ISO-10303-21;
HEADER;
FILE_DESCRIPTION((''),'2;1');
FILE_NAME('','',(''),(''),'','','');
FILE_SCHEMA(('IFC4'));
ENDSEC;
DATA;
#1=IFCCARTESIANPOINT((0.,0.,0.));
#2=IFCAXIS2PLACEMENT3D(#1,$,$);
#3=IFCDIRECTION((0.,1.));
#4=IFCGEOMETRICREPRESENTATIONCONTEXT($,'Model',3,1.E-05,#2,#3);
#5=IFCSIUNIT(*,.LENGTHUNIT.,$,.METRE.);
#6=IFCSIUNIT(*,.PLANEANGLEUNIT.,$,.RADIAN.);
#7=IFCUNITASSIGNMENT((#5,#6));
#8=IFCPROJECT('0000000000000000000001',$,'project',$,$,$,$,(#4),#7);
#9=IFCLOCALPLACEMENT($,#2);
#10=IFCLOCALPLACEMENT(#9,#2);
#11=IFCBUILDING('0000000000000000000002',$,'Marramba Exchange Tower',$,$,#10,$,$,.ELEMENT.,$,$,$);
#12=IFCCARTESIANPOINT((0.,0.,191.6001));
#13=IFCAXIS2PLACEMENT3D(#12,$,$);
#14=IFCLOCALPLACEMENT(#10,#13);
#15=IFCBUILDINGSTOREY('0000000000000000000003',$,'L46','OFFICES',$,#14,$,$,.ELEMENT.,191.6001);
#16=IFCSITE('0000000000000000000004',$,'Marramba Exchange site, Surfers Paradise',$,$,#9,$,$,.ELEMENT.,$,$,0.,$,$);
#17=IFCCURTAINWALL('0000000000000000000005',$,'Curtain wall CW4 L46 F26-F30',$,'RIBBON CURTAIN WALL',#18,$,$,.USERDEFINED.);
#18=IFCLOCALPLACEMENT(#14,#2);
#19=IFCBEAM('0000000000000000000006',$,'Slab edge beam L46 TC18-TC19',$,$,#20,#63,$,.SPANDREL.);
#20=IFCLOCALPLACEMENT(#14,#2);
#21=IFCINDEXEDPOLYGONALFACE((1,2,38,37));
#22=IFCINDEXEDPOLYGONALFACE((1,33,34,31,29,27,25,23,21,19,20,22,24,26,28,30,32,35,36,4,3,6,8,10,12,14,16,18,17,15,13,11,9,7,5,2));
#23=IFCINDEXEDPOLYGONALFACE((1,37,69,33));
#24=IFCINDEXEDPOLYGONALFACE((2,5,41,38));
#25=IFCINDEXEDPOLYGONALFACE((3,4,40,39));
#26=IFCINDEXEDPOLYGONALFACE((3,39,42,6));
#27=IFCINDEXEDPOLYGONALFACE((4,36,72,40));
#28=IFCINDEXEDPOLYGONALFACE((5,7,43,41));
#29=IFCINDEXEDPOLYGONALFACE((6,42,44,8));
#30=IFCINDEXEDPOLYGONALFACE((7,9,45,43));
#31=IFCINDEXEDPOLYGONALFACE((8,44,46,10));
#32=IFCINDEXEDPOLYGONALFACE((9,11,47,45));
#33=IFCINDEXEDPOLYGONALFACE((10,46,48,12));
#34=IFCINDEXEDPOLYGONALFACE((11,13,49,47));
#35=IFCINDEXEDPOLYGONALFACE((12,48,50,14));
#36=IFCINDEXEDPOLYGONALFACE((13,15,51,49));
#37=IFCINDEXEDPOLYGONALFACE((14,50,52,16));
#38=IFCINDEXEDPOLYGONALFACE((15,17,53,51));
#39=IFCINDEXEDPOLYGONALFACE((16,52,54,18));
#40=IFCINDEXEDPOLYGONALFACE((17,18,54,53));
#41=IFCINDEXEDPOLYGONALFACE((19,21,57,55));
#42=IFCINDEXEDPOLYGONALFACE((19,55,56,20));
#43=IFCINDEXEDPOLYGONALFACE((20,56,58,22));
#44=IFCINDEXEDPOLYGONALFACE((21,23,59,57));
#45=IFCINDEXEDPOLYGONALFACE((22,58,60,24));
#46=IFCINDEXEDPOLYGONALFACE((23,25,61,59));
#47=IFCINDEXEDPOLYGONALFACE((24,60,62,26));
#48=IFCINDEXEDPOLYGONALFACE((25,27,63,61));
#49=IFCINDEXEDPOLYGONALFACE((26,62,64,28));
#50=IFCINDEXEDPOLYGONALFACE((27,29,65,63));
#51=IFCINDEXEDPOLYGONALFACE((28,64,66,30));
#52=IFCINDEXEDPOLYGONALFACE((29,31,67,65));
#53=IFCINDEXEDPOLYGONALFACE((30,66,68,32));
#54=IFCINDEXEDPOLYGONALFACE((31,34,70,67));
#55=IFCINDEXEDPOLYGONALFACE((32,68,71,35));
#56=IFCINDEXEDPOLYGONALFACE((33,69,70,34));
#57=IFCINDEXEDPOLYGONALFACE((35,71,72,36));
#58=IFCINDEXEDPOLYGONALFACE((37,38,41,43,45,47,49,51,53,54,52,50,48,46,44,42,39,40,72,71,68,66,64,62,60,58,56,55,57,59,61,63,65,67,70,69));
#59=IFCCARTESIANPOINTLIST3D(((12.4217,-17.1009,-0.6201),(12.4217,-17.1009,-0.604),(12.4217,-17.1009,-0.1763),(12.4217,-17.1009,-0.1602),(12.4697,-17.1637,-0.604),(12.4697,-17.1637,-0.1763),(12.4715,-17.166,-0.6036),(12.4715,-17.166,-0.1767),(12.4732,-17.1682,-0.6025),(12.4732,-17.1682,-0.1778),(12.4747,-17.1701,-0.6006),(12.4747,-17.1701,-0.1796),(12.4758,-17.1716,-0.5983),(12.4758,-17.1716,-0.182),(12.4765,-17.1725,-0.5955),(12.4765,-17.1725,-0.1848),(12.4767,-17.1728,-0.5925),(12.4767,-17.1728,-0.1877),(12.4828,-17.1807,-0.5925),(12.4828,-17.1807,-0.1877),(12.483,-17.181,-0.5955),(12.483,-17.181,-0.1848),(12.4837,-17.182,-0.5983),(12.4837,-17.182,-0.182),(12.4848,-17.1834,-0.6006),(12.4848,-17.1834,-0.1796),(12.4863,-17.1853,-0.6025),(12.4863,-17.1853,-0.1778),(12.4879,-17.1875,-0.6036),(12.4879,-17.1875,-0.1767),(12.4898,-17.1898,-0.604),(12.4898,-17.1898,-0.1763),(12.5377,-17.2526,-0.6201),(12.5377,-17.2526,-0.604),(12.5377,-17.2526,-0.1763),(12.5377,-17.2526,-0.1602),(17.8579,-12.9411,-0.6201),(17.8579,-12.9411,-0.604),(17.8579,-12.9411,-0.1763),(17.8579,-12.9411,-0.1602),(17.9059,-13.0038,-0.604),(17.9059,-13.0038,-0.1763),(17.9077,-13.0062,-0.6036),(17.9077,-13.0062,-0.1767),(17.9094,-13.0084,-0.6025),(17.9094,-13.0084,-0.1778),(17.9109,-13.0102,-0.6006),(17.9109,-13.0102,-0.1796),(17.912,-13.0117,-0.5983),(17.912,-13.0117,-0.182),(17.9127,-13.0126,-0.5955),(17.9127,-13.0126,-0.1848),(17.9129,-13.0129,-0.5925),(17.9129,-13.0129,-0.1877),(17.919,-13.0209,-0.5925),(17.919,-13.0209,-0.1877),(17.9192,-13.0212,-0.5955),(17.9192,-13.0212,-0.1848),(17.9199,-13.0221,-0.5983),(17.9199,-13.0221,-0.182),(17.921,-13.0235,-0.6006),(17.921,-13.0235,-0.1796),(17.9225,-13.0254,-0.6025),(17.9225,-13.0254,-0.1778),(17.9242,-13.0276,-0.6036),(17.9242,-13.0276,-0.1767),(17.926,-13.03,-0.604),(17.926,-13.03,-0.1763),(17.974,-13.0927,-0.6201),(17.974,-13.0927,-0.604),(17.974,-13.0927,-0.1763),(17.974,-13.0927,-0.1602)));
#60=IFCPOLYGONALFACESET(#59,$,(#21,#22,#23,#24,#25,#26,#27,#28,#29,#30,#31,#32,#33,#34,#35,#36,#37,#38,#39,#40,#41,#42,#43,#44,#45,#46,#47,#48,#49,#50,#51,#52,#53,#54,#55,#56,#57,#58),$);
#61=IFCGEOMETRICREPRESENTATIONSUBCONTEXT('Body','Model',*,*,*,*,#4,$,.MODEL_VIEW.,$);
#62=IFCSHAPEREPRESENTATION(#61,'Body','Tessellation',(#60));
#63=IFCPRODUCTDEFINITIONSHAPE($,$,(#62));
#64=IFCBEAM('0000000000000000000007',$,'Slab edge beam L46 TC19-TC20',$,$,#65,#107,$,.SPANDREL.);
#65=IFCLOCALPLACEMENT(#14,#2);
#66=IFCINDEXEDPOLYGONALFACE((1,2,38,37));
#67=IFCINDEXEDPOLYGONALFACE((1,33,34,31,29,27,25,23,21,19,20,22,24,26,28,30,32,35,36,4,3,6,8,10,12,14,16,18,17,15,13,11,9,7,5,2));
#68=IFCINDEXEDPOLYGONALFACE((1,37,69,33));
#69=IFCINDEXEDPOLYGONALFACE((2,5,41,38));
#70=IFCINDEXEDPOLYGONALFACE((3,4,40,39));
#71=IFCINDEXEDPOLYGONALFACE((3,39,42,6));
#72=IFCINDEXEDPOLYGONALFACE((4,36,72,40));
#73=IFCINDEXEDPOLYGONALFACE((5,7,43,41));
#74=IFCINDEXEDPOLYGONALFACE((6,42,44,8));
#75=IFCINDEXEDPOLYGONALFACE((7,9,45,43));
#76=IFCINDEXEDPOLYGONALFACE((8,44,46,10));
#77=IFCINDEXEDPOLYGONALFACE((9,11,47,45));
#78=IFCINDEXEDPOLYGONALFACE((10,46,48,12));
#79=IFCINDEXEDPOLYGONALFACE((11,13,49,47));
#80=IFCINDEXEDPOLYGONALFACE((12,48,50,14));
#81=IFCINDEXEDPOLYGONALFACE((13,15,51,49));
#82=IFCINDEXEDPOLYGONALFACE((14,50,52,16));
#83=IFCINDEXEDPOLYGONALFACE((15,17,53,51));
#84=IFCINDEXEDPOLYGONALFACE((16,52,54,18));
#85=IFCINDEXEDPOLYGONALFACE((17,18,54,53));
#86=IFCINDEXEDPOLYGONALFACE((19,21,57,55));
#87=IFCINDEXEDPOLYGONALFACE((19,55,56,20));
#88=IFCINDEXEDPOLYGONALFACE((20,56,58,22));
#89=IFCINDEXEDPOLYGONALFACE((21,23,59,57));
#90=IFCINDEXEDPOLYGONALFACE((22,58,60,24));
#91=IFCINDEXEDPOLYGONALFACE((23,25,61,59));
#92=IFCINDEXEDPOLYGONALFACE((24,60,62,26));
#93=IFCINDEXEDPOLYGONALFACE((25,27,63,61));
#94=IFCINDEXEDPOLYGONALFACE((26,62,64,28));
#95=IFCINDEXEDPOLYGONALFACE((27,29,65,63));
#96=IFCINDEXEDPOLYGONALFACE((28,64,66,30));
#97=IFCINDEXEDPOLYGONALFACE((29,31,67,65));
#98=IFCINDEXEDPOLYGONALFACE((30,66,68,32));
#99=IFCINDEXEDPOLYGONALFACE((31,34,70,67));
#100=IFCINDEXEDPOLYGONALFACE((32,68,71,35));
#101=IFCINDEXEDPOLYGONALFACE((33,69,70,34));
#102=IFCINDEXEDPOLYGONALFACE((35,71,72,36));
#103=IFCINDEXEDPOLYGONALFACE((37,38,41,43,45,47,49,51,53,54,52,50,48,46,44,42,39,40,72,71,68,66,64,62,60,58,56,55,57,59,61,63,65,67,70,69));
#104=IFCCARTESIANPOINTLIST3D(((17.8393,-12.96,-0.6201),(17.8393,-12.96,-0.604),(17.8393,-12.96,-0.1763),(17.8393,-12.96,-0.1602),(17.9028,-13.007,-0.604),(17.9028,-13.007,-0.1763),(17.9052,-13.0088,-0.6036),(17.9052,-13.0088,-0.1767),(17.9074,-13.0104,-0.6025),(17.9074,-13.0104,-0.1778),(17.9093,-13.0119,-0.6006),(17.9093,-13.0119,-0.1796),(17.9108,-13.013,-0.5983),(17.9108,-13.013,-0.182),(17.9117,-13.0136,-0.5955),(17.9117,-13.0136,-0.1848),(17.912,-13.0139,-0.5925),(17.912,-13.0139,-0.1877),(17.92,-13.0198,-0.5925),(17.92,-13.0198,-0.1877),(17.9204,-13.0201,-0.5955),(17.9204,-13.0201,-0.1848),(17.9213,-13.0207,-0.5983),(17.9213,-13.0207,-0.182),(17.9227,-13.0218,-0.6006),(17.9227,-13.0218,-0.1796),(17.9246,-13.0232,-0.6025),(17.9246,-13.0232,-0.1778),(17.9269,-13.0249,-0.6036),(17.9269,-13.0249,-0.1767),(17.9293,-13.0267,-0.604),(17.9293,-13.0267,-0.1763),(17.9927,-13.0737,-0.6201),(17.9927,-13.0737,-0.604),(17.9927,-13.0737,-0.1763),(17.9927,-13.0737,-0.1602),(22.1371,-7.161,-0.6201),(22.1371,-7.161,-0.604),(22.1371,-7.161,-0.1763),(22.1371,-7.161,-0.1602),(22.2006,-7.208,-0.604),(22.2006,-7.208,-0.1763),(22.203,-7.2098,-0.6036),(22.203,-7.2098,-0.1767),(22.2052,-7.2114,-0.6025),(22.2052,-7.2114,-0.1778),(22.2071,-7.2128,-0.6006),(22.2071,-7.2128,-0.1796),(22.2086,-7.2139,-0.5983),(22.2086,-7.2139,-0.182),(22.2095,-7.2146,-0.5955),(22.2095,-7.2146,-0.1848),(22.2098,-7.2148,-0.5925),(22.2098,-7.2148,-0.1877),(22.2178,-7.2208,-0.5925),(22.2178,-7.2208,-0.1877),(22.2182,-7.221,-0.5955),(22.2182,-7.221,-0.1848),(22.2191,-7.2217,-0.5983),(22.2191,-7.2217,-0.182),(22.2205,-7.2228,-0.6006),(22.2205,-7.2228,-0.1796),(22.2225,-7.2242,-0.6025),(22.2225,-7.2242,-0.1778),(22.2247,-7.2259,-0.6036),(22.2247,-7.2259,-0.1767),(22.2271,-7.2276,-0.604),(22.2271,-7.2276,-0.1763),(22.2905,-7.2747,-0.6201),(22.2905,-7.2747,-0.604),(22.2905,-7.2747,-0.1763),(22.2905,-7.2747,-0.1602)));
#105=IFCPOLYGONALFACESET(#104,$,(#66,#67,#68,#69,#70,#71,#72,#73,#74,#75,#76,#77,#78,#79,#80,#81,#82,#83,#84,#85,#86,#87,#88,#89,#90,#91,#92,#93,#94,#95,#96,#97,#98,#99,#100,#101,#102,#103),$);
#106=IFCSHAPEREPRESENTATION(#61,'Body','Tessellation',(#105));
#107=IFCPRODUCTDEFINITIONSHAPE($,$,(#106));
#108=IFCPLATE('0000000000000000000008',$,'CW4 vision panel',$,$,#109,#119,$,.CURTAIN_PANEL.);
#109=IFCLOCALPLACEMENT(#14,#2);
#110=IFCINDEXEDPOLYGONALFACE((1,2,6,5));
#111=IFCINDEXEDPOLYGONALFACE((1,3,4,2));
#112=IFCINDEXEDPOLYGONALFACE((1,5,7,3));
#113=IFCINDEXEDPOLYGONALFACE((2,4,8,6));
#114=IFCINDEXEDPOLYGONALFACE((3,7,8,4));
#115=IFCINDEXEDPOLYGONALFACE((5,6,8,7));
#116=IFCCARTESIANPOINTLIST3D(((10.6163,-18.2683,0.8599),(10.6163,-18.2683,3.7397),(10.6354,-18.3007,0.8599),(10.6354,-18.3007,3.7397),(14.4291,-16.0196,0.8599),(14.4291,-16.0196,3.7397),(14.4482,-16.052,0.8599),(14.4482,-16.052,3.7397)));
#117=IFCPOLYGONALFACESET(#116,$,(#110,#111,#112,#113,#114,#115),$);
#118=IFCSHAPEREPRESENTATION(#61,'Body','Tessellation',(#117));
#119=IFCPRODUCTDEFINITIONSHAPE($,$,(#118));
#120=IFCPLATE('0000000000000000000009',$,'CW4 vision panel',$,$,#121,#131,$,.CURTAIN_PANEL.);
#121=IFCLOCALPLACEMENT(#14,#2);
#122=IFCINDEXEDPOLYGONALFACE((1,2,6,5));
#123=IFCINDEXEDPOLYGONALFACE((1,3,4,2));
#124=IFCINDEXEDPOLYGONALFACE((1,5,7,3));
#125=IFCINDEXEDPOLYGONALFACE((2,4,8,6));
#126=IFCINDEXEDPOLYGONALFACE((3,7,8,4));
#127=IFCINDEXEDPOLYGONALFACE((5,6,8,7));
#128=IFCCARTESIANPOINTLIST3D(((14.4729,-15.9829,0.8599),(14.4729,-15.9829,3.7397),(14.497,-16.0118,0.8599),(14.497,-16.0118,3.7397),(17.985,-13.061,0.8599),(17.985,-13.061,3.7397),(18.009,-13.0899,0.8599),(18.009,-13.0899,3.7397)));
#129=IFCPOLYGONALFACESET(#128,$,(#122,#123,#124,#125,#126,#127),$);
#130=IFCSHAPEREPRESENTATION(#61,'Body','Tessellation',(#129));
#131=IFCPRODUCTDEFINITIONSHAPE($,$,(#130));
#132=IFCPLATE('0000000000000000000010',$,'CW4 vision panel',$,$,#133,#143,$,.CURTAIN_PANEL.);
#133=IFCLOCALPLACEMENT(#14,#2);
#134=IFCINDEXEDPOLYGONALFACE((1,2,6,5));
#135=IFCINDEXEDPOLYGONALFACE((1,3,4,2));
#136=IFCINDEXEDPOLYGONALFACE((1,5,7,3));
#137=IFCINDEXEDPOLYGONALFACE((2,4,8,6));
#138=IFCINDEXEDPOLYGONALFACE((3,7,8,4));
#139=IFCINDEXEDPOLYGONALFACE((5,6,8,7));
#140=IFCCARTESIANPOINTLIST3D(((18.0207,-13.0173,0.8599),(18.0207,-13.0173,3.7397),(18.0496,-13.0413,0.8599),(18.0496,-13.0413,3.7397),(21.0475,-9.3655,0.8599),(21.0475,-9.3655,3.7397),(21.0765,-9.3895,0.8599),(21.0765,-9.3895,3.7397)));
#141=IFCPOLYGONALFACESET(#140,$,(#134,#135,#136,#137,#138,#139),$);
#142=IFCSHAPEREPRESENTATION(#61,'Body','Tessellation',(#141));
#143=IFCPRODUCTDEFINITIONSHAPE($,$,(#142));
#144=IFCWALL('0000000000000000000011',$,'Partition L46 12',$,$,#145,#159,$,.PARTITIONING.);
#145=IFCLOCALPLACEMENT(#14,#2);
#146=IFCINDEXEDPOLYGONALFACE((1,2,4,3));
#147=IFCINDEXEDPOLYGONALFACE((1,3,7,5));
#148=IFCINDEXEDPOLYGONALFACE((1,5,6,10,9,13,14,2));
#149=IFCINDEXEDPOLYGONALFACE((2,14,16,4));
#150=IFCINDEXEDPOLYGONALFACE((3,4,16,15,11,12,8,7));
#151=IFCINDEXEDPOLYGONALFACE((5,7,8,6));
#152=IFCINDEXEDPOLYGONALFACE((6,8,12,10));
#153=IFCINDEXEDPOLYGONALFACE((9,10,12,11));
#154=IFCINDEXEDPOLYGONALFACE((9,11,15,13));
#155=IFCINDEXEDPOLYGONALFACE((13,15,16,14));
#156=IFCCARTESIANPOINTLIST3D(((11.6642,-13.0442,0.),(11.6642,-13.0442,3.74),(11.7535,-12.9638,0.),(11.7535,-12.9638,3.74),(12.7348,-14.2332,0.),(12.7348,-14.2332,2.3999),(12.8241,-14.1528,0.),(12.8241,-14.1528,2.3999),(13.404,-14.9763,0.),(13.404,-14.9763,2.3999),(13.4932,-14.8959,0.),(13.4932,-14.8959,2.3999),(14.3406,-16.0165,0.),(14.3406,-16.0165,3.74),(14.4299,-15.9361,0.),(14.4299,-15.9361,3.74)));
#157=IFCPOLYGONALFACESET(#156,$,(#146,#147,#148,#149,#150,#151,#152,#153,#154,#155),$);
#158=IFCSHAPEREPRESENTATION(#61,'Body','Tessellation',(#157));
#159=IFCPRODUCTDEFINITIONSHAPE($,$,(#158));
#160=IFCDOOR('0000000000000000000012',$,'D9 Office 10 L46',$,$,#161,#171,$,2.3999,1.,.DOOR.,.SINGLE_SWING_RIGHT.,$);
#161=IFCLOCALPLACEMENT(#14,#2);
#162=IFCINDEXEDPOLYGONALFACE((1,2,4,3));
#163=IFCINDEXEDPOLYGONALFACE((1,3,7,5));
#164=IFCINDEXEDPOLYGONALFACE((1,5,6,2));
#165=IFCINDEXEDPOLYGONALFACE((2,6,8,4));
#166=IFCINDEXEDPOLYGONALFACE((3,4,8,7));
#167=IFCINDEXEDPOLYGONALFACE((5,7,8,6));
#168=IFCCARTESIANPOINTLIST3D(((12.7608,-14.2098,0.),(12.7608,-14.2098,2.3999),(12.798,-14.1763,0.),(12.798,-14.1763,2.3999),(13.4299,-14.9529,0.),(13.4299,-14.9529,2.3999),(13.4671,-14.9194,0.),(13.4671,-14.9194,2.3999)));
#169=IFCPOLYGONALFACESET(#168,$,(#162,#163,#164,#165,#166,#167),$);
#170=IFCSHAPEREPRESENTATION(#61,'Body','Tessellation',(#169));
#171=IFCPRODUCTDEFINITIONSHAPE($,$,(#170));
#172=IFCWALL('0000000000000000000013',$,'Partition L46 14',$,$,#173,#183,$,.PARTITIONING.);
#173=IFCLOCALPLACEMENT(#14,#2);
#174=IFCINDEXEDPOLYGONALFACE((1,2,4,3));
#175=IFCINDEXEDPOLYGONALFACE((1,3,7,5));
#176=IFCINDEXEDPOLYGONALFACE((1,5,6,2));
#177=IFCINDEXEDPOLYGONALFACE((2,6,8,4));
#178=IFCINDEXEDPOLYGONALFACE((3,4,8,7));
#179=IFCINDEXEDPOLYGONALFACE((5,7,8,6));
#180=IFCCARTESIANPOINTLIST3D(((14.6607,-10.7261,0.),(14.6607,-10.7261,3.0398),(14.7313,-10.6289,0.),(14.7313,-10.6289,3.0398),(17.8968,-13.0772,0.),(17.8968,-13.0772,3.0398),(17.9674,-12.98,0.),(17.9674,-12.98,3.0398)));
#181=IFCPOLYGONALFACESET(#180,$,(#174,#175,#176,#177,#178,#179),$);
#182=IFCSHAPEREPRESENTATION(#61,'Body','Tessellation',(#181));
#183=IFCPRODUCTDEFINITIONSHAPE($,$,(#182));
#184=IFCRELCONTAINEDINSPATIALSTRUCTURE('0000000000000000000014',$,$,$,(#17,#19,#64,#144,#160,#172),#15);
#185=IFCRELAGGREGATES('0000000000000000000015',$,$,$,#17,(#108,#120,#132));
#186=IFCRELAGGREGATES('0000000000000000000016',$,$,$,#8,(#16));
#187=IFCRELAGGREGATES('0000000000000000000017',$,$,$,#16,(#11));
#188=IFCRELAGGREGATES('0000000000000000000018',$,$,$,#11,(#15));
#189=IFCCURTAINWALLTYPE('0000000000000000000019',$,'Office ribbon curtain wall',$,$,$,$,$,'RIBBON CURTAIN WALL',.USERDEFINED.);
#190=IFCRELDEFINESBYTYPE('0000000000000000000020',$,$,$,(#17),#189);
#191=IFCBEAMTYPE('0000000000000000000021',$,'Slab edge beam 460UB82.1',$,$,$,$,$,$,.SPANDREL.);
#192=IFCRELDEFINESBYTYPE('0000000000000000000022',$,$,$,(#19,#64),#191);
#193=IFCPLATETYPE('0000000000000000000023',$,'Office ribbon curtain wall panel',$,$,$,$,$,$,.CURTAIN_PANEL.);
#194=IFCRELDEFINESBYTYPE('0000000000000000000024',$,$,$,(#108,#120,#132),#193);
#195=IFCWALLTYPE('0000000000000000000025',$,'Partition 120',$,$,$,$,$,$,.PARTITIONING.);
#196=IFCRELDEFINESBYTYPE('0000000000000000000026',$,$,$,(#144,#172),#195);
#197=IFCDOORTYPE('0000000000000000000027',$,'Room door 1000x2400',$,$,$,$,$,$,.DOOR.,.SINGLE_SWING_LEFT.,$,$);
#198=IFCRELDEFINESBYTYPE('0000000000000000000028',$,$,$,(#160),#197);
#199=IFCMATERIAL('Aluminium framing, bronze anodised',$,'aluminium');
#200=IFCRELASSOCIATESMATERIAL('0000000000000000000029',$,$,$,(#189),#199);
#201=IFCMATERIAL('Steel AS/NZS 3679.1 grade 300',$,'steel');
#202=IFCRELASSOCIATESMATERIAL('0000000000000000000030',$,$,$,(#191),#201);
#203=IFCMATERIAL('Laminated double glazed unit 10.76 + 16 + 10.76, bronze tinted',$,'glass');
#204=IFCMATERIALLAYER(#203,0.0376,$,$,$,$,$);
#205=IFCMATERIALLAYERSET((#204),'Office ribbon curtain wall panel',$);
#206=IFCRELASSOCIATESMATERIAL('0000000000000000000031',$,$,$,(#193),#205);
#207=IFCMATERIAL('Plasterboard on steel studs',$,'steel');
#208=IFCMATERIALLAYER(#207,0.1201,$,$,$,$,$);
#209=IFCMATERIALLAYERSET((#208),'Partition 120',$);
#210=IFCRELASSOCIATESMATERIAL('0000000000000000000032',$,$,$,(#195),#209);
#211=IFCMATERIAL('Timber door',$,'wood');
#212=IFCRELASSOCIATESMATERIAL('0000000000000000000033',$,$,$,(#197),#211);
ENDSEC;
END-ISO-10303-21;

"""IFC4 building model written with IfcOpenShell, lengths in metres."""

from ifc_helpers import new_model, si_unit, direction, frame, frame_2d, origin, origin_2d, place, context, subcontext, project, spatial, rectangle, i_section, extrude, material, layer, layer_set, material_profile, profile_set, type_object, element, fill, aggregate, save


model = new_model("IFC4")

# Units and contexts
model_context = context("Model", 3, precision=1e-05, world=origin(), true_north=direction((0.0, 1.0)))
body_context = subcontext(model_context, "Body", "Model", "MODEL_VIEW")
ifc_project = project(units=[si_unit("LENGTHUNIT", "METRE"), si_unit("PLANEANGLEUNIT", "RADIAN")], contexts=[model_context])

# Site, building, storey
site_placement = place(None, origin())
site = spatial("IfcSite", under=ifc_project, at=site_placement, Name="Marramba Exchange site, Surfers Paradise", CompositionType="ELEMENT", RefElevation=0.0)
building_placement = place(site_placement, origin())
building = spatial("IfcBuilding", under=site, at=building_placement, Name="Marramba Exchange Tower", CompositionType="ELEMENT")
storey_placement = place(building_placement, frame((0.0, 0.0, 191.6001)))
storey = spatial("IfcBuildingStorey", under=building, at=storey_placement, Name="L46", Description="OFFICES", CompositionType="ELEMENT", Elevation=191.6001)

# Curtain wall
ifc_material_1 = material(Name="Aluminium framing, bronze anodised", Category="aluminium")
curtain_wall_type = type_object("IfcCurtainWallType", Name="Office ribbon curtain wall", ElementType="RIBBON CURTAIN WALL", PredefinedType="USERDEFINED", material=ifc_material_1)
curtain_wall_placement = place(storey_placement, origin())
curtain_wall = element("IfcCurtainWall", 1, at=curtain_wall_placement, inside=storey, type_object=curtain_wall_type, Name="Curtain wall CW4 L46 F26-F30", ObjectType="RIBBON CURTAIN WALL", PredefinedType="USERDEFINED")

# Beams
ifc_material_2 = material(Name="Steel AS/NZS 3679.1 grade 300", Category="steel")
ifc_material_profile_1 = material_profile(ifc_material_2, i_section(OverallWidth=0.1909, OverallDepth=0.46, WebThickness=0.01, FlangeThickness=0.0161, FilletRadius=0.0115, at=origin_2d()), Name="460UB82.1")
ifc_profile_set_1 = profile_set([ifc_material_profile_1], Name="Steel AS/NZS 3679.1 grade 300")
beam_type_1 = type_object("IfcBeamType", Name="Slab edge beam 460UB82.1", PredefinedType="SPANDREL", material=ifc_profile_set_1)
beam_1_placement = place(storey_placement, frame((12.4797, -17.1768, -0.3901), z_axis=(0.794163, 0.607704, 0.0), x_axis=(-0.607704, 0.794163, 0.0)))
element("IfcBeam", 2, at=beam_1_placement, inside=storey, type_object=beam_type_1, Name="Slab edge beam L46 TC18-TC19", PredefinedType="SPANDREL", context=body_context, shape_type="SweptSolid", body=[
    extrude(i_section(OverallWidth=0.1909, OverallDepth=0.46, WebThickness=0.01, FlangeThickness=0.0161, FilletRadius=0.0115, at=origin_2d()), origin(), (0.0, 0.0, 1.0), 6.8452),
])
beam_2_placement = place(storey_placement, frame((17.916, -13.0168, -0.3901), z_axis=(0.595428, 0.803409, 0.0), x_axis=(-0.803409, 0.595428, 0.0)))
element("IfcBeam", 3, at=beam_2_placement, inside=storey, type_object=beam_type_1, Name="Slab edge beam L46 TC19-TC20", PredefinedType="SPANDREL", context=body_context, shape_type="SweptSolid", body=[
    extrude(i_section(OverallWidth=0.1909, OverallDepth=0.46, WebThickness=0.01, FlangeThickness=0.0161, FilletRadius=0.0115, at=origin_2d()), origin(), (0.0, 0.0, 1.0), 7.218),
])

# Plates
ifc_material_3 = material(Name="Laminated double glazed unit 10.76 + 16 + 10.76, bronze tinted", Category="glass")
ifc_layer_1 = layer(ifc_material_3, 0.0376)
ifc_layer_set_1 = layer_set([ifc_layer_1], Name="Office ribbon curtain wall panel")
plate_type = type_object("IfcPlateType", Name="Office ribbon curtain wall panel", PredefinedType="CURTAIN_PANEL", material=ifc_layer_set_1)
plate_1_placement = place(storey_placement, frame((12.5322, -17.1602, 0.8599), z_axis=(0.0, 0.0, 1.0), x_axis=(0.861351, 0.508011, 0.0)))
plate_1 = element("IfcPlate", 4, at=plate_1_placement, type_object=plate_type, Name="CW4 vision panel", PredefinedType="CURTAIN_PANEL", context=body_context, shape_type="SweptSolid", body=[
    extrude(rectangle(XDim=4.4265, YDim=0.0376, at=origin_2d()), origin(), (0.0, 0.0, 1.0), 2.8799),
])
plate_2_placement = place(storey_placement, frame((16.241, -14.5364, 0.8599), z_axis=(0.0, 0.0, 1.0), x_axis=(0.768737, 0.639565, 0.0)))
plate_2 = element("IfcPlate", 5, at=plate_2_placement, type_object=plate_type, Name="CW4 vision panel", PredefinedType="CURTAIN_PANEL", context=body_context, shape_type="SweptSolid", body=[
    extrude(rectangle(XDim=4.5686, YDim=0.0376, at=origin_2d()), origin(), (0.0, 0.0, 1.0), 2.8799),
])
plate_3_placement = place(storey_placement, frame((19.5486, -11.2034, 0.8599), z_axis=(0.0, 0.0, 1.0), x_axis=(0.63815, 0.769912, 0.0)))
plate_3 = element("IfcPlate", 6, at=plate_3_placement, type_object=plate_type, Name="CW4 vision panel", PredefinedType="CURTAIN_PANEL", context=body_context, shape_type="SweptSolid", body=[
    extrude(rectangle(XDim=4.7432, YDim=0.0376, at=origin_2d()), origin(), (0.0, 0.0, 1.0), 2.8799),
])
aggregate(curtain_wall, [plate_1, plate_2, plate_3])

# Wall, opening, door
ifc_material_4 = material(Name="Plasterboard on steel studs", Category="steel")
ifc_layer_2 = layer(ifc_material_4, 0.1201)
ifc_layer_set_2 = layer_set([ifc_layer_2], Name="Partition 120")
wall_type = type_object("IfcWallType", Name="Partition 120", PredefinedType="PARTITIONING", material=ifc_layer_set_2)
wall_1_placement = place(storey_placement, frame((11.7087, -13.0039, 0.0), z_axis=(0.0, 0.0, 1.0), x_axis=(0.66915, -0.743127, 0.0)))
wall_1 = element("IfcWall", 7, at=wall_1_placement, inside=storey, type_object=wall_type, Name="Partition L46 12", PredefinedType="PARTITIONING", context=body_context, shape_type="SweptSolid", body=[
    extrude(rectangle(XDim=3.9998, YDim=0.1201, at=frame_2d((2.0, 0.0))), origin(), (0.0, 0.0, 1.0), 3.74),
])
opening_placement = place(wall_1_placement, frame((1.6001, 0.0, 0.0)))
opening = element("IfcOpeningElement", 8, at=opening_placement, cuts=wall_1, PredefinedType="OPENING", context=body_context, shape_type="SweptSolid", body=[
    extrude(rectangle(XDim=1.0, YDim=2.3999, at=frame_2d((0.5, 1.2))), frame((0.0, 0.0701, 0.0), z_axis=(0.0, -1.0, 0.0), x_axis=(1.0, 0.0, 0.0)), (0.0, 0.0, 1.0), 0.1401),
])
ifc_material_5 = material(Name="Timber door", Category="wood")
door_type = type_object("IfcDoorType", Name="Room door 1000x2400", OperationType="SINGLE_SWING_LEFT", PredefinedType="DOOR", material=ifc_material_5)
door_placement = place(opening_placement, origin())
door = element("IfcDoor", 9, at=door_placement, inside=storey, type_object=door_type, Name="D9 Office 10 L46", OperationType="SINGLE_SWING_RIGHT", OverallHeight=2.3999, OverallWidth=1.0, PredefinedType="DOOR", context=body_context, shape_type="SweptSolid", body=[
    extrude(rectangle(XDim=1.0, YDim=2.3999, at=frame_2d((0.5, 1.2))), frame((0.0, 0.0249, 0.0), z_axis=(0.0, -1.0, 0.0), x_axis=(1.0, 0.0, 0.0)), (0.0, 0.0, 1.0), 0.05),
])
fill(opening, door)

# Wall
wall_2_placement = place(storey_placement, frame((17.9321, -13.0286, 0.0), z_axis=(0.0, 0.0, 1.0), x_axis=(-0.809026, 0.587772, 0.0)))
element("IfcWall", 10, at=wall_2_placement, inside=storey, type_object=wall_type, Name="Partition L46 14", PredefinedType="PARTITIONING", context=body_context, shape_type="SweptSolid", body=[
    extrude(rectangle(XDim=4.0, YDim=0.1201, at=frame_2d((2.0, 0.0))), origin(), (0.0, 0.0, 1.0), 3.0398),
])

save(model, "model.ifc")
